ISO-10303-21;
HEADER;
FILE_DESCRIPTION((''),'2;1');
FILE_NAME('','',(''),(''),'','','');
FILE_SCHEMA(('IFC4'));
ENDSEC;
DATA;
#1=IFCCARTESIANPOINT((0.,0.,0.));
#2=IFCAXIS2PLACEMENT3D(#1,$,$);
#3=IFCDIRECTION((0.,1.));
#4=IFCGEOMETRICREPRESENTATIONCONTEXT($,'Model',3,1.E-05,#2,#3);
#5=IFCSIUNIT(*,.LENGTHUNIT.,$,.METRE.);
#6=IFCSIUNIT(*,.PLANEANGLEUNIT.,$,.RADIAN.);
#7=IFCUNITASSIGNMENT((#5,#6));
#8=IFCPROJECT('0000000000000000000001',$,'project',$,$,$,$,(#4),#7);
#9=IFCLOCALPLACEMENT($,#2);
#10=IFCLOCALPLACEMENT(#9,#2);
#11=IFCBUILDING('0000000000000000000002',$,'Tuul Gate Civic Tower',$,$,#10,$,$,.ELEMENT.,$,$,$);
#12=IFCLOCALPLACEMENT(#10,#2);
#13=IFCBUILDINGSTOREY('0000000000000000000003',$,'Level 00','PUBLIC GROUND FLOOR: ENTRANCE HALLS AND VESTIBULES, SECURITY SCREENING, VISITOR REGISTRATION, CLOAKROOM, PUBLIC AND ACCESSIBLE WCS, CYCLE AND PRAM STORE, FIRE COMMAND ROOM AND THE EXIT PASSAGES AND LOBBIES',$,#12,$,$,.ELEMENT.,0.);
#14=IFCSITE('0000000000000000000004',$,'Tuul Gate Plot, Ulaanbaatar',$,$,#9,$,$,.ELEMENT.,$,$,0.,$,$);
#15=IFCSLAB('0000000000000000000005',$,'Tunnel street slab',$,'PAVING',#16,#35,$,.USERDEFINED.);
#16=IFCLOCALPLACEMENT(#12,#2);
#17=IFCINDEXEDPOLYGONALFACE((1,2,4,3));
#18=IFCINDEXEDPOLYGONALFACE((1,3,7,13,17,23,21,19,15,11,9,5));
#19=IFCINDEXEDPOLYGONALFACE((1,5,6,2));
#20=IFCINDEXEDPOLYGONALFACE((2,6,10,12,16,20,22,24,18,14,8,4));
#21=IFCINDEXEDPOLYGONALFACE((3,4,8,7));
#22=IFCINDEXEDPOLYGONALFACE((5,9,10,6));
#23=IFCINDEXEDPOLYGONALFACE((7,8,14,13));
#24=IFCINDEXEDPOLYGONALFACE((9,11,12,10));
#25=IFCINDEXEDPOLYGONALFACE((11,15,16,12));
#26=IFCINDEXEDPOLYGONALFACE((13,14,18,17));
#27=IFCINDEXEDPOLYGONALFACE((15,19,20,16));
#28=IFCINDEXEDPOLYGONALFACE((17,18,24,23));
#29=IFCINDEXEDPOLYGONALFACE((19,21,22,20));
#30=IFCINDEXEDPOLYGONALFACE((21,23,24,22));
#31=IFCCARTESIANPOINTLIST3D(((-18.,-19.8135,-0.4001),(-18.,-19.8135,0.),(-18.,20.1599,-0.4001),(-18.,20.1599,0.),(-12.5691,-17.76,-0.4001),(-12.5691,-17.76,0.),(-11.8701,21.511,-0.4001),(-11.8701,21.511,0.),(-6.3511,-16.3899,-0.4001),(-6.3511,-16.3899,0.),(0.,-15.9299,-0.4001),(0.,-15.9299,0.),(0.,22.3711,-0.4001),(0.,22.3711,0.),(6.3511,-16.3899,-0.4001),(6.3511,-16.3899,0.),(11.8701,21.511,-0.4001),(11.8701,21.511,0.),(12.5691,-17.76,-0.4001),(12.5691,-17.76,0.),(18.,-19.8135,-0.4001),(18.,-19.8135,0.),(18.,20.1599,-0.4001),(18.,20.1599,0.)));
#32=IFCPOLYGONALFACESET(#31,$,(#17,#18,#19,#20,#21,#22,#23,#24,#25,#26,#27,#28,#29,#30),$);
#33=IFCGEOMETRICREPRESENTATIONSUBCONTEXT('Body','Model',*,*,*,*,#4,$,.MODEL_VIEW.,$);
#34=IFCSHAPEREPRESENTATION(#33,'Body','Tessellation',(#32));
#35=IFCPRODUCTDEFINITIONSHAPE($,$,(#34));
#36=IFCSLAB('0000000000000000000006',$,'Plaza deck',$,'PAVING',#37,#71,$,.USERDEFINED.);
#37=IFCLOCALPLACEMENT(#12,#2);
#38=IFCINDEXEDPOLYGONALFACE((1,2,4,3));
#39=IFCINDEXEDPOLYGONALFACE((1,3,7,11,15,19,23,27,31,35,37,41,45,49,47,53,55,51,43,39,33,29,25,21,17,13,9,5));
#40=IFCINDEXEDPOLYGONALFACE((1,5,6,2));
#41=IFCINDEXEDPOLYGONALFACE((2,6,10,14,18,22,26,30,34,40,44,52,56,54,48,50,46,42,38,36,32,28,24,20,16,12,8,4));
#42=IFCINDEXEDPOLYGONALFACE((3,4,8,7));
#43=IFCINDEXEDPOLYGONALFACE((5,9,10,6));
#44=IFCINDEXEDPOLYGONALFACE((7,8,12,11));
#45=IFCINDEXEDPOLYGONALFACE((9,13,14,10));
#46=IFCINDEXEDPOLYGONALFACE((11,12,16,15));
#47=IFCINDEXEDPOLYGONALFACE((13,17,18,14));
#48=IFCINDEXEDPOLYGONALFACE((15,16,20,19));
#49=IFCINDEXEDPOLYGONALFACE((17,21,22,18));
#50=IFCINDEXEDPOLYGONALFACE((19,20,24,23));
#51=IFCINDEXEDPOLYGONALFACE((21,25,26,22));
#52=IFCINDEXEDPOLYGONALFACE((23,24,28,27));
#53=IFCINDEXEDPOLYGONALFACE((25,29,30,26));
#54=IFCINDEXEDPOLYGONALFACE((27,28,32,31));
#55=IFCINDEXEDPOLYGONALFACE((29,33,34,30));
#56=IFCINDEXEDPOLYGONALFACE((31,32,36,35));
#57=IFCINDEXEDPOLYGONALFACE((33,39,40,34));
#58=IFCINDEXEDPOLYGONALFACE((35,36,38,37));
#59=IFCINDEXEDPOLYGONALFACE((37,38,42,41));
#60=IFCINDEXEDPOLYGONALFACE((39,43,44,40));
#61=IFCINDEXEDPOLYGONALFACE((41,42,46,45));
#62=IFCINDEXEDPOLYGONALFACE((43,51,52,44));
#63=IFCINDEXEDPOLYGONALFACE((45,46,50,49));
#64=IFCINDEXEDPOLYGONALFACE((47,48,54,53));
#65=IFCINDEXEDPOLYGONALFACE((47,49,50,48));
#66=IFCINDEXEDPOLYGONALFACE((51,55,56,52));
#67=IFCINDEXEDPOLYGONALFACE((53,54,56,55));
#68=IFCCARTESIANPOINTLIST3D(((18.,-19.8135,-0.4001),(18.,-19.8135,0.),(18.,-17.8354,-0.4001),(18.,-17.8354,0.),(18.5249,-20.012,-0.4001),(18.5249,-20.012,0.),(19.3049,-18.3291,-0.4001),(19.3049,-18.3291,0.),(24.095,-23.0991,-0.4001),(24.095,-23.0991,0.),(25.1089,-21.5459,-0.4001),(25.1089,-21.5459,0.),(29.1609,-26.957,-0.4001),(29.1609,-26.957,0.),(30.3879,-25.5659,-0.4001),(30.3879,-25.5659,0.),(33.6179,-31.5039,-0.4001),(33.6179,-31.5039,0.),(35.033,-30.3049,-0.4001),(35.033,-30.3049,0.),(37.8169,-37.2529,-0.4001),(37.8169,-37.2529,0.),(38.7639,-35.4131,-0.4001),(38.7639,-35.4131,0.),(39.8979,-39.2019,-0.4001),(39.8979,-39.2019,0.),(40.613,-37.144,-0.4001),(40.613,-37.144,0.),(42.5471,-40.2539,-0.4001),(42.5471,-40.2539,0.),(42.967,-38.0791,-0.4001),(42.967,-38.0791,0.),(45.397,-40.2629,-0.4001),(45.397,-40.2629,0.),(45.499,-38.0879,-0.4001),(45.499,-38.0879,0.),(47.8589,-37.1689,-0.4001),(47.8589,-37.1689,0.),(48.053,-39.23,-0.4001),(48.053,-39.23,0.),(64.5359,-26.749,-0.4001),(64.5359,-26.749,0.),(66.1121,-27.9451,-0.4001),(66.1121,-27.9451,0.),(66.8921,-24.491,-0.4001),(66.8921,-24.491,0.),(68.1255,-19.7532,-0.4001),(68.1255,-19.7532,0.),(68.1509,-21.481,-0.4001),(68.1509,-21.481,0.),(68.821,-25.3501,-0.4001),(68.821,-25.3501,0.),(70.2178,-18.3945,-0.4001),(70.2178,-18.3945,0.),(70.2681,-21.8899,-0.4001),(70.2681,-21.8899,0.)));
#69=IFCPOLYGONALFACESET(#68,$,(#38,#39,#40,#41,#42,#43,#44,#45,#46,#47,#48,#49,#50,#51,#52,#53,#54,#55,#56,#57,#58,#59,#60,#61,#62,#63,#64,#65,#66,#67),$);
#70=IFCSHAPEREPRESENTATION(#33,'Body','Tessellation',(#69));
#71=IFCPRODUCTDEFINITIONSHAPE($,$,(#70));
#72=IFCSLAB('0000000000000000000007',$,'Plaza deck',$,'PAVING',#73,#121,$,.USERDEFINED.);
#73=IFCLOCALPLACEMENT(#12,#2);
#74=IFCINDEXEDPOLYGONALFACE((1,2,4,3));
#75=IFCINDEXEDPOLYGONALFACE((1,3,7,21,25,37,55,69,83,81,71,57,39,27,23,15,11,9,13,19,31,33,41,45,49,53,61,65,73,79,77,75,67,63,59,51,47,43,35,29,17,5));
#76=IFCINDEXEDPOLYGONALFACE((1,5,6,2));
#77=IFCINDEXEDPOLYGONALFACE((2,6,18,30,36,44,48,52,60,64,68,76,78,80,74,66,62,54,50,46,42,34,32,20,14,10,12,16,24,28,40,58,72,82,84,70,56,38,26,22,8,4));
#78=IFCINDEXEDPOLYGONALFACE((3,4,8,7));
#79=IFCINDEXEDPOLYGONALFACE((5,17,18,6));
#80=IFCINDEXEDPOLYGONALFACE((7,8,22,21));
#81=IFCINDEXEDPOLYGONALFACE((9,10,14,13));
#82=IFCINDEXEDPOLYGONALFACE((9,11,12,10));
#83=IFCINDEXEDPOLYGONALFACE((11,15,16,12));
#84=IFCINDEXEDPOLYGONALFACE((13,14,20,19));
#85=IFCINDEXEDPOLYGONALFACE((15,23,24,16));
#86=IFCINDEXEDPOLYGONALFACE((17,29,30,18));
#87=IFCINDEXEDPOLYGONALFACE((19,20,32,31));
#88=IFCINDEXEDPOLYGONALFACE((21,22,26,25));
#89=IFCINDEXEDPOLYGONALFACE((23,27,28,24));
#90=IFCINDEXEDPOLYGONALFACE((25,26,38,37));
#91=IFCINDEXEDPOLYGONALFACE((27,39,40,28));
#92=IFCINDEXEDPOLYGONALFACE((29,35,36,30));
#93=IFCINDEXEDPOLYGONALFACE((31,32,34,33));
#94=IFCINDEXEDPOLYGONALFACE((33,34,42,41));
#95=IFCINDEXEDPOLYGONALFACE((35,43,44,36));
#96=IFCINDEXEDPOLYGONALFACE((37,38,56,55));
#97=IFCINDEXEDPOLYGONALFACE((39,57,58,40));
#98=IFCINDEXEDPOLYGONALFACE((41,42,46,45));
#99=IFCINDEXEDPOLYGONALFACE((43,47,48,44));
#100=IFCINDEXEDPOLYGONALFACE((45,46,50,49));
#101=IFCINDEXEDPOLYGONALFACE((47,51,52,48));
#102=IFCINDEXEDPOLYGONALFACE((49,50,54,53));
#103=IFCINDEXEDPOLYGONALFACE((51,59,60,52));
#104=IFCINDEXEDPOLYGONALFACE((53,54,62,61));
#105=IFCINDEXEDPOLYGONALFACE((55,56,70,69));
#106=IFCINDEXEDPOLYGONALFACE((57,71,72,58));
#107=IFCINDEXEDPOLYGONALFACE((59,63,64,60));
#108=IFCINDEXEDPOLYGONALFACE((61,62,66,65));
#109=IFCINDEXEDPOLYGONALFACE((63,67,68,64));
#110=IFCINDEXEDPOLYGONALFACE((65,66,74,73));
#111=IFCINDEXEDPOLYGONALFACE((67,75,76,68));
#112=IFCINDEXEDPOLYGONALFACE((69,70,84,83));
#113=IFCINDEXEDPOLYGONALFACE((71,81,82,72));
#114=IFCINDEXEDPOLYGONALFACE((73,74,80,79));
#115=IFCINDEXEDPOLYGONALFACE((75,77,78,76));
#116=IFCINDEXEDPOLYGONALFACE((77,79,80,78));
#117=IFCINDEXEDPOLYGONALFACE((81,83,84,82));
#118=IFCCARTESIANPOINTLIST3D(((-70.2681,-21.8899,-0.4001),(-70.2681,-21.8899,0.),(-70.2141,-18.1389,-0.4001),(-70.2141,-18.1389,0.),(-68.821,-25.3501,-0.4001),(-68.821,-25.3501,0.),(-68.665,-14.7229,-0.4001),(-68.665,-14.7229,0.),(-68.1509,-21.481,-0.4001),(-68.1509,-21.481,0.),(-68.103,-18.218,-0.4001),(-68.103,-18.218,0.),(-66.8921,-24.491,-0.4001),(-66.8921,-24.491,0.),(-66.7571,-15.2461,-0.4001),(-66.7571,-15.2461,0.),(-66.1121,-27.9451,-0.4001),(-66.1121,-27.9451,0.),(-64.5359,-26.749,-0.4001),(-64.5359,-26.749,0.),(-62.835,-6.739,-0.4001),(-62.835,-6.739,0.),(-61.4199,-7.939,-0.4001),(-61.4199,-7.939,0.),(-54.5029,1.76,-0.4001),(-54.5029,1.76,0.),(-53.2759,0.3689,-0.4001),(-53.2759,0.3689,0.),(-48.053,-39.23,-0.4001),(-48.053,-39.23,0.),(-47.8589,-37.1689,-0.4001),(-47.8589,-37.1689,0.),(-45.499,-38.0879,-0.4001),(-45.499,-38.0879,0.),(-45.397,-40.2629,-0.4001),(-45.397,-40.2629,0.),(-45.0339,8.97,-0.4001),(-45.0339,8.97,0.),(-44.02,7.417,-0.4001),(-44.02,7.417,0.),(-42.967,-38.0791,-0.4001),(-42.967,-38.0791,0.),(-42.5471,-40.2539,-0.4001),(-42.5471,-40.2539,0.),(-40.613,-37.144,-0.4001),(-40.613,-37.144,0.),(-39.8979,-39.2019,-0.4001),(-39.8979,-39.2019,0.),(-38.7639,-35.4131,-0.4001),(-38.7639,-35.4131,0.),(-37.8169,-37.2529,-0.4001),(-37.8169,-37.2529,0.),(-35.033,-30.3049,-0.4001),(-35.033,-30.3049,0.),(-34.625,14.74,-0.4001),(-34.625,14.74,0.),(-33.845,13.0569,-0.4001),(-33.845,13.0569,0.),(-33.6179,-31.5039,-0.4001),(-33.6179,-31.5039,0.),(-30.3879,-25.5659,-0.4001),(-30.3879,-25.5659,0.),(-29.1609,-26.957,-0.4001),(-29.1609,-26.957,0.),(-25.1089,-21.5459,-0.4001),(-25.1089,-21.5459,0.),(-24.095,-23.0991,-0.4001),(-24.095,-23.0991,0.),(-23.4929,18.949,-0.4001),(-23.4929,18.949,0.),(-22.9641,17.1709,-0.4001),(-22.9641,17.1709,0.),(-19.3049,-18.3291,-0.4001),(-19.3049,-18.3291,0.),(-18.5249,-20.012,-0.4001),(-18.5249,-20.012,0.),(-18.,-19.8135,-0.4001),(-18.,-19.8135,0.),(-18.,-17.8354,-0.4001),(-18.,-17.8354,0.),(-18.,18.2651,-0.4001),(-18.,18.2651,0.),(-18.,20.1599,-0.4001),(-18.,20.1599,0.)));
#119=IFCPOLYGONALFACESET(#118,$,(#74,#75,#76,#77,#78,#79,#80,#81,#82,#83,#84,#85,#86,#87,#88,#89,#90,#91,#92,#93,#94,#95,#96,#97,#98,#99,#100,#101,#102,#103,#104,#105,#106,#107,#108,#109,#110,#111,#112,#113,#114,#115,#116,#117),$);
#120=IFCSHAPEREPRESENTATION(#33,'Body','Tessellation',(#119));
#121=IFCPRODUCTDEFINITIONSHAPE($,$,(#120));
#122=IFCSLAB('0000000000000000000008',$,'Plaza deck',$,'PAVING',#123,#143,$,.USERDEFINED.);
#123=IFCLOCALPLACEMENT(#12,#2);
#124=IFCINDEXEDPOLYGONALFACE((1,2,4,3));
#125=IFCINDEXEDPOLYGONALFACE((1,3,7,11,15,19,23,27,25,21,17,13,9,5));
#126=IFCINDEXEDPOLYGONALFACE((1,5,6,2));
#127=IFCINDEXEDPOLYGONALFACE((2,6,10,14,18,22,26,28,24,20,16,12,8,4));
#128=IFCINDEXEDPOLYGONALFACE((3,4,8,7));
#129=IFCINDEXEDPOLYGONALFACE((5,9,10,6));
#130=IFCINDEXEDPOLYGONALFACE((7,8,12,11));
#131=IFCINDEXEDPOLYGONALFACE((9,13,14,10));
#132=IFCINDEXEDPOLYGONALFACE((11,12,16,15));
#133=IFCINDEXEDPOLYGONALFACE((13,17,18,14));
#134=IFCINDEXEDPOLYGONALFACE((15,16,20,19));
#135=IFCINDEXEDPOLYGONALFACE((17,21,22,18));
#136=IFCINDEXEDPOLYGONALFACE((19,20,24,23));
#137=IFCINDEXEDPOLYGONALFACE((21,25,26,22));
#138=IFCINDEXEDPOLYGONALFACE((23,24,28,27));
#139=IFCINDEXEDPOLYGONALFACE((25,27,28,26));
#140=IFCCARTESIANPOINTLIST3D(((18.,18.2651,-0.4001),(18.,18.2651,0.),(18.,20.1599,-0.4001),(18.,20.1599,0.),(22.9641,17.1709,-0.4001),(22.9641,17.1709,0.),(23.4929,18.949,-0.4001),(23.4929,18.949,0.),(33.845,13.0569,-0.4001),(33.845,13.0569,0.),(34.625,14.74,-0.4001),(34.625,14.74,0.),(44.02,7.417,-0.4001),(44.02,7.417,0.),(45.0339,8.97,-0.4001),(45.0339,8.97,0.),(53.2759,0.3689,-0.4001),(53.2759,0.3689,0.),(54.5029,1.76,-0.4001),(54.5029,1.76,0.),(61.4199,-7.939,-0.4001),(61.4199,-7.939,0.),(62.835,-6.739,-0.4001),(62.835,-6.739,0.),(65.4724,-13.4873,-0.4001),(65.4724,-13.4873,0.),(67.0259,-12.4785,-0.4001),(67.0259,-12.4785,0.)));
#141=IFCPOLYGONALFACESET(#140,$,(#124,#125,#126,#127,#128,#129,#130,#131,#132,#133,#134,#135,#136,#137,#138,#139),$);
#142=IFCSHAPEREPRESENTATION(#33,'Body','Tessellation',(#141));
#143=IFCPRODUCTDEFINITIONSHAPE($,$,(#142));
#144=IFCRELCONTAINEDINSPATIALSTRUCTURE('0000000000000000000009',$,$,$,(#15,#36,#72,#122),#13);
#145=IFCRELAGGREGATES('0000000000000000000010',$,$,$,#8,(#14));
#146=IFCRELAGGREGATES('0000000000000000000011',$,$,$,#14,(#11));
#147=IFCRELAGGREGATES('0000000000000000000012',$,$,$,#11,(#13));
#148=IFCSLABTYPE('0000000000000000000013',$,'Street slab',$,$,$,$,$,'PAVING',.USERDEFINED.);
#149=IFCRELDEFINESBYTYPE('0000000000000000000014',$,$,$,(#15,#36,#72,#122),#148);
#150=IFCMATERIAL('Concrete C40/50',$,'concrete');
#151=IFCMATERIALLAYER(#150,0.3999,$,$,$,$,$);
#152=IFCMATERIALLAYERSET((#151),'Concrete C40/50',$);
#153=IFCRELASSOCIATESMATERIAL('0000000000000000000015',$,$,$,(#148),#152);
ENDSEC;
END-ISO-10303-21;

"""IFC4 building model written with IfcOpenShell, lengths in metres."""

from ifc_helpers import new_model, si_unit, direction, frame, origin, place, context, subcontext, project, spatial, polyline, outline, extrude, material, layer, layer_set, type_object, element, save


model = new_model("IFC4")

# Units and contexts
model_context = context("Model", 3, precision=1e-05, world=origin(), true_north=direction((0.0, 1.0)))
body_context = subcontext(model_context, "Body", "Model", "MODEL_VIEW")
ifc_project = project(units=[si_unit("LENGTHUNIT", "METRE"), si_unit("PLANEANGLEUNIT", "RADIAN")], contexts=[model_context])

# Site, building, storey
site_placement = place(None, origin())
site = spatial("IfcSite", under=ifc_project, at=site_placement, Name="Tuul Gate Plot, Ulaanbaatar", CompositionType="ELEMENT", RefElevation=0.0)
building_placement = place(site_placement, origin())
building = spatial("IfcBuilding", under=site, at=building_placement, Name="Tuul Gate Civic Tower", CompositionType="ELEMENT")
storey_placement = place(building_placement, origin())
storey = spatial("IfcBuildingStorey", under=building, at=storey_placement, Name="Level 00", Description="PUBLIC GROUND FLOOR: ENTRANCE HALLS AND VESTIBULES, SECURITY SCREENING, VISITOR REGISTRATION, CLOAKROOM, PUBLIC AND ACCESSIBLE WCS, CYCLE AND PRAM STORE, FIRE COMMAND ROOM AND THE EXIT PASSAGES AND LOBBIES", CompositionType="ELEMENT", Elevation=0.0)

# Slabs
ifc_material_1 = material(Name="Concrete C40/50", Category="concrete")
ifc_layer_1 = layer(ifc_material_1, 0.3999)
ifc_layer_set_1 = layer_set([ifc_layer_1], Name="Concrete C40/50")
slab_type_1 = type_object("IfcSlabType", Name="Street slab", ElementType="PAVING", PredefinedType="USERDEFINED", material=ifc_layer_set_1)
slab_1_placement = place(storey_placement, frame((0.0, 0.0, -0.4001)))
element("IfcSlab", 1, at=slab_1_placement, inside=storey, type_object=slab_type_1, Name="Tunnel street slab", ObjectType="PAVING", PredefinedType="USERDEFINED", context=body_context, shape_type="SweptSolid", body=[
    extrude(outline(polyline([(18.0, -19.8135), (12.5691, -17.76), (6.3511, -16.3899), (0.0, -15.9299), (-6.3511, -16.3899), (-12.5691, -17.76), (-18.0, -19.8135), (-18.0, 20.1599), (-11.8701, 21.511), (0.0, 22.3711), (11.8701, 21.511), (18.0, 20.1599), (18.0, -19.8135)])), origin(), (0.0, 0.0, 1.0), 0.4001),
])
slab_2_placement = place(storey_placement, frame((0.0, 0.0, -0.4001)))
element("IfcSlab", 2, at=slab_2_placement, inside=storey, type_object=slab_type_1, Name="Plaza deck", ObjectType="PAVING", PredefinedType="USERDEFINED", context=body_context, shape_type="SweptSolid", body=[
    extrude(outline(polyline([(42.5471, -40.2539), (39.8979, -39.2019), (37.8169, -37.2529), (33.6179, -31.5039), (29.1609, -26.957), (24.095, -23.0991), (18.5249, -20.012), (18.0, -19.8135), (18.0, -17.8354), (19.3049, -18.3291), (25.1089, -21.5459), (30.3879, -25.5659), (35.033, -30.3049), (38.7639, -35.4131), (40.613, -37.144), (42.967, -38.0791), (45.499, -38.0879), (47.8589, -37.1689), (64.5359, -26.749), (66.8921, -24.491), (68.1509, -21.481), (68.1255, -19.7532), (70.2178, -18.3945), (70.2681, -21.8899), (68.821, -25.3501), (66.1121, -27.9451), (48.053, -39.23), (45.397, -40.2629), (42.5471, -40.2539)])), origin(), (0.0, 0.0, 1.0), 0.4001),
])
slab_3_placement = place(storey_placement, frame((0.0, 0.0, -0.4001)))
element("IfcSlab", 3, at=slab_3_placement, inside=storey, type_object=slab_type_1, Name="Plaza deck", ObjectType="PAVING", PredefinedType="USERDEFINED", context=body_context, shape_type="SweptSolid", body=[
    extrude(outline(polyline([(-18.5249, -20.012), (-24.095, -23.0991), (-29.1609, -26.957), (-33.6179, -31.5039), (-37.8169, -37.2529), (-39.8979, -39.2019), (-42.5471, -40.2539), (-45.397, -40.2629), (-48.053, -39.23), (-66.1121, -27.9451), (-68.821, -25.3501), (-70.2681, -21.8899), (-70.2141, -18.1389), (-68.665, -14.7229), (-62.835, -6.739), (-54.5029, 1.76), (-45.0339, 8.97), (-34.625, 14.74), (-23.4929, 18.949), (-18.0, 20.1599), (-18.0, 18.2651), (-22.9641, 17.1709), (-33.845, 13.0569), (-44.02, 7.417), (-53.2759, 0.3689), (-61.4199, -7.939), (-66.7571, -15.2461), (-68.103, -18.218), (-68.1509, -21.481), (-66.8921, -24.491), (-64.5359, -26.749), (-47.8589, -37.1689), (-45.499, -38.0879), (-42.967, -38.0791), (-40.613, -37.144), (-38.7639, -35.4131), (-35.033, -30.3049), (-30.3879, -25.5659), (-25.1089, -21.5459), (-19.3049, -18.3291), (-18.0, -17.8354), (-18.0, -19.8135), (-18.5249, -20.012)])), origin(), (0.0, 0.0, 1.0), 0.4001),
])
slab_4_placement = place(storey_placement, frame((0.0, 0.0, -0.4001)))
element("IfcSlab", 4, at=slab_4_placement, inside=storey, type_object=slab_type_1, Name="Plaza deck", ObjectType="PAVING", PredefinedType="USERDEFINED", context=body_context, shape_type="SweptSolid", body=[
    extrude(outline(polyline([(23.4929, 18.949), (34.625, 14.74), (45.0339, 8.97), (54.5029, 1.76), (62.835, -6.739), (67.0259, -12.4785), (65.4724, -13.4873), (61.4199, -7.939), (53.2759, 0.3689), (44.02, 7.417), (33.845, 13.0569), (22.9641, 17.1709), (18.0, 18.2651), (18.0, 20.1599), (23.4929, 18.949)])), origin(), (0.0, 0.0, 1.0), 0.4001),
])

save(model, "model.ifc")
